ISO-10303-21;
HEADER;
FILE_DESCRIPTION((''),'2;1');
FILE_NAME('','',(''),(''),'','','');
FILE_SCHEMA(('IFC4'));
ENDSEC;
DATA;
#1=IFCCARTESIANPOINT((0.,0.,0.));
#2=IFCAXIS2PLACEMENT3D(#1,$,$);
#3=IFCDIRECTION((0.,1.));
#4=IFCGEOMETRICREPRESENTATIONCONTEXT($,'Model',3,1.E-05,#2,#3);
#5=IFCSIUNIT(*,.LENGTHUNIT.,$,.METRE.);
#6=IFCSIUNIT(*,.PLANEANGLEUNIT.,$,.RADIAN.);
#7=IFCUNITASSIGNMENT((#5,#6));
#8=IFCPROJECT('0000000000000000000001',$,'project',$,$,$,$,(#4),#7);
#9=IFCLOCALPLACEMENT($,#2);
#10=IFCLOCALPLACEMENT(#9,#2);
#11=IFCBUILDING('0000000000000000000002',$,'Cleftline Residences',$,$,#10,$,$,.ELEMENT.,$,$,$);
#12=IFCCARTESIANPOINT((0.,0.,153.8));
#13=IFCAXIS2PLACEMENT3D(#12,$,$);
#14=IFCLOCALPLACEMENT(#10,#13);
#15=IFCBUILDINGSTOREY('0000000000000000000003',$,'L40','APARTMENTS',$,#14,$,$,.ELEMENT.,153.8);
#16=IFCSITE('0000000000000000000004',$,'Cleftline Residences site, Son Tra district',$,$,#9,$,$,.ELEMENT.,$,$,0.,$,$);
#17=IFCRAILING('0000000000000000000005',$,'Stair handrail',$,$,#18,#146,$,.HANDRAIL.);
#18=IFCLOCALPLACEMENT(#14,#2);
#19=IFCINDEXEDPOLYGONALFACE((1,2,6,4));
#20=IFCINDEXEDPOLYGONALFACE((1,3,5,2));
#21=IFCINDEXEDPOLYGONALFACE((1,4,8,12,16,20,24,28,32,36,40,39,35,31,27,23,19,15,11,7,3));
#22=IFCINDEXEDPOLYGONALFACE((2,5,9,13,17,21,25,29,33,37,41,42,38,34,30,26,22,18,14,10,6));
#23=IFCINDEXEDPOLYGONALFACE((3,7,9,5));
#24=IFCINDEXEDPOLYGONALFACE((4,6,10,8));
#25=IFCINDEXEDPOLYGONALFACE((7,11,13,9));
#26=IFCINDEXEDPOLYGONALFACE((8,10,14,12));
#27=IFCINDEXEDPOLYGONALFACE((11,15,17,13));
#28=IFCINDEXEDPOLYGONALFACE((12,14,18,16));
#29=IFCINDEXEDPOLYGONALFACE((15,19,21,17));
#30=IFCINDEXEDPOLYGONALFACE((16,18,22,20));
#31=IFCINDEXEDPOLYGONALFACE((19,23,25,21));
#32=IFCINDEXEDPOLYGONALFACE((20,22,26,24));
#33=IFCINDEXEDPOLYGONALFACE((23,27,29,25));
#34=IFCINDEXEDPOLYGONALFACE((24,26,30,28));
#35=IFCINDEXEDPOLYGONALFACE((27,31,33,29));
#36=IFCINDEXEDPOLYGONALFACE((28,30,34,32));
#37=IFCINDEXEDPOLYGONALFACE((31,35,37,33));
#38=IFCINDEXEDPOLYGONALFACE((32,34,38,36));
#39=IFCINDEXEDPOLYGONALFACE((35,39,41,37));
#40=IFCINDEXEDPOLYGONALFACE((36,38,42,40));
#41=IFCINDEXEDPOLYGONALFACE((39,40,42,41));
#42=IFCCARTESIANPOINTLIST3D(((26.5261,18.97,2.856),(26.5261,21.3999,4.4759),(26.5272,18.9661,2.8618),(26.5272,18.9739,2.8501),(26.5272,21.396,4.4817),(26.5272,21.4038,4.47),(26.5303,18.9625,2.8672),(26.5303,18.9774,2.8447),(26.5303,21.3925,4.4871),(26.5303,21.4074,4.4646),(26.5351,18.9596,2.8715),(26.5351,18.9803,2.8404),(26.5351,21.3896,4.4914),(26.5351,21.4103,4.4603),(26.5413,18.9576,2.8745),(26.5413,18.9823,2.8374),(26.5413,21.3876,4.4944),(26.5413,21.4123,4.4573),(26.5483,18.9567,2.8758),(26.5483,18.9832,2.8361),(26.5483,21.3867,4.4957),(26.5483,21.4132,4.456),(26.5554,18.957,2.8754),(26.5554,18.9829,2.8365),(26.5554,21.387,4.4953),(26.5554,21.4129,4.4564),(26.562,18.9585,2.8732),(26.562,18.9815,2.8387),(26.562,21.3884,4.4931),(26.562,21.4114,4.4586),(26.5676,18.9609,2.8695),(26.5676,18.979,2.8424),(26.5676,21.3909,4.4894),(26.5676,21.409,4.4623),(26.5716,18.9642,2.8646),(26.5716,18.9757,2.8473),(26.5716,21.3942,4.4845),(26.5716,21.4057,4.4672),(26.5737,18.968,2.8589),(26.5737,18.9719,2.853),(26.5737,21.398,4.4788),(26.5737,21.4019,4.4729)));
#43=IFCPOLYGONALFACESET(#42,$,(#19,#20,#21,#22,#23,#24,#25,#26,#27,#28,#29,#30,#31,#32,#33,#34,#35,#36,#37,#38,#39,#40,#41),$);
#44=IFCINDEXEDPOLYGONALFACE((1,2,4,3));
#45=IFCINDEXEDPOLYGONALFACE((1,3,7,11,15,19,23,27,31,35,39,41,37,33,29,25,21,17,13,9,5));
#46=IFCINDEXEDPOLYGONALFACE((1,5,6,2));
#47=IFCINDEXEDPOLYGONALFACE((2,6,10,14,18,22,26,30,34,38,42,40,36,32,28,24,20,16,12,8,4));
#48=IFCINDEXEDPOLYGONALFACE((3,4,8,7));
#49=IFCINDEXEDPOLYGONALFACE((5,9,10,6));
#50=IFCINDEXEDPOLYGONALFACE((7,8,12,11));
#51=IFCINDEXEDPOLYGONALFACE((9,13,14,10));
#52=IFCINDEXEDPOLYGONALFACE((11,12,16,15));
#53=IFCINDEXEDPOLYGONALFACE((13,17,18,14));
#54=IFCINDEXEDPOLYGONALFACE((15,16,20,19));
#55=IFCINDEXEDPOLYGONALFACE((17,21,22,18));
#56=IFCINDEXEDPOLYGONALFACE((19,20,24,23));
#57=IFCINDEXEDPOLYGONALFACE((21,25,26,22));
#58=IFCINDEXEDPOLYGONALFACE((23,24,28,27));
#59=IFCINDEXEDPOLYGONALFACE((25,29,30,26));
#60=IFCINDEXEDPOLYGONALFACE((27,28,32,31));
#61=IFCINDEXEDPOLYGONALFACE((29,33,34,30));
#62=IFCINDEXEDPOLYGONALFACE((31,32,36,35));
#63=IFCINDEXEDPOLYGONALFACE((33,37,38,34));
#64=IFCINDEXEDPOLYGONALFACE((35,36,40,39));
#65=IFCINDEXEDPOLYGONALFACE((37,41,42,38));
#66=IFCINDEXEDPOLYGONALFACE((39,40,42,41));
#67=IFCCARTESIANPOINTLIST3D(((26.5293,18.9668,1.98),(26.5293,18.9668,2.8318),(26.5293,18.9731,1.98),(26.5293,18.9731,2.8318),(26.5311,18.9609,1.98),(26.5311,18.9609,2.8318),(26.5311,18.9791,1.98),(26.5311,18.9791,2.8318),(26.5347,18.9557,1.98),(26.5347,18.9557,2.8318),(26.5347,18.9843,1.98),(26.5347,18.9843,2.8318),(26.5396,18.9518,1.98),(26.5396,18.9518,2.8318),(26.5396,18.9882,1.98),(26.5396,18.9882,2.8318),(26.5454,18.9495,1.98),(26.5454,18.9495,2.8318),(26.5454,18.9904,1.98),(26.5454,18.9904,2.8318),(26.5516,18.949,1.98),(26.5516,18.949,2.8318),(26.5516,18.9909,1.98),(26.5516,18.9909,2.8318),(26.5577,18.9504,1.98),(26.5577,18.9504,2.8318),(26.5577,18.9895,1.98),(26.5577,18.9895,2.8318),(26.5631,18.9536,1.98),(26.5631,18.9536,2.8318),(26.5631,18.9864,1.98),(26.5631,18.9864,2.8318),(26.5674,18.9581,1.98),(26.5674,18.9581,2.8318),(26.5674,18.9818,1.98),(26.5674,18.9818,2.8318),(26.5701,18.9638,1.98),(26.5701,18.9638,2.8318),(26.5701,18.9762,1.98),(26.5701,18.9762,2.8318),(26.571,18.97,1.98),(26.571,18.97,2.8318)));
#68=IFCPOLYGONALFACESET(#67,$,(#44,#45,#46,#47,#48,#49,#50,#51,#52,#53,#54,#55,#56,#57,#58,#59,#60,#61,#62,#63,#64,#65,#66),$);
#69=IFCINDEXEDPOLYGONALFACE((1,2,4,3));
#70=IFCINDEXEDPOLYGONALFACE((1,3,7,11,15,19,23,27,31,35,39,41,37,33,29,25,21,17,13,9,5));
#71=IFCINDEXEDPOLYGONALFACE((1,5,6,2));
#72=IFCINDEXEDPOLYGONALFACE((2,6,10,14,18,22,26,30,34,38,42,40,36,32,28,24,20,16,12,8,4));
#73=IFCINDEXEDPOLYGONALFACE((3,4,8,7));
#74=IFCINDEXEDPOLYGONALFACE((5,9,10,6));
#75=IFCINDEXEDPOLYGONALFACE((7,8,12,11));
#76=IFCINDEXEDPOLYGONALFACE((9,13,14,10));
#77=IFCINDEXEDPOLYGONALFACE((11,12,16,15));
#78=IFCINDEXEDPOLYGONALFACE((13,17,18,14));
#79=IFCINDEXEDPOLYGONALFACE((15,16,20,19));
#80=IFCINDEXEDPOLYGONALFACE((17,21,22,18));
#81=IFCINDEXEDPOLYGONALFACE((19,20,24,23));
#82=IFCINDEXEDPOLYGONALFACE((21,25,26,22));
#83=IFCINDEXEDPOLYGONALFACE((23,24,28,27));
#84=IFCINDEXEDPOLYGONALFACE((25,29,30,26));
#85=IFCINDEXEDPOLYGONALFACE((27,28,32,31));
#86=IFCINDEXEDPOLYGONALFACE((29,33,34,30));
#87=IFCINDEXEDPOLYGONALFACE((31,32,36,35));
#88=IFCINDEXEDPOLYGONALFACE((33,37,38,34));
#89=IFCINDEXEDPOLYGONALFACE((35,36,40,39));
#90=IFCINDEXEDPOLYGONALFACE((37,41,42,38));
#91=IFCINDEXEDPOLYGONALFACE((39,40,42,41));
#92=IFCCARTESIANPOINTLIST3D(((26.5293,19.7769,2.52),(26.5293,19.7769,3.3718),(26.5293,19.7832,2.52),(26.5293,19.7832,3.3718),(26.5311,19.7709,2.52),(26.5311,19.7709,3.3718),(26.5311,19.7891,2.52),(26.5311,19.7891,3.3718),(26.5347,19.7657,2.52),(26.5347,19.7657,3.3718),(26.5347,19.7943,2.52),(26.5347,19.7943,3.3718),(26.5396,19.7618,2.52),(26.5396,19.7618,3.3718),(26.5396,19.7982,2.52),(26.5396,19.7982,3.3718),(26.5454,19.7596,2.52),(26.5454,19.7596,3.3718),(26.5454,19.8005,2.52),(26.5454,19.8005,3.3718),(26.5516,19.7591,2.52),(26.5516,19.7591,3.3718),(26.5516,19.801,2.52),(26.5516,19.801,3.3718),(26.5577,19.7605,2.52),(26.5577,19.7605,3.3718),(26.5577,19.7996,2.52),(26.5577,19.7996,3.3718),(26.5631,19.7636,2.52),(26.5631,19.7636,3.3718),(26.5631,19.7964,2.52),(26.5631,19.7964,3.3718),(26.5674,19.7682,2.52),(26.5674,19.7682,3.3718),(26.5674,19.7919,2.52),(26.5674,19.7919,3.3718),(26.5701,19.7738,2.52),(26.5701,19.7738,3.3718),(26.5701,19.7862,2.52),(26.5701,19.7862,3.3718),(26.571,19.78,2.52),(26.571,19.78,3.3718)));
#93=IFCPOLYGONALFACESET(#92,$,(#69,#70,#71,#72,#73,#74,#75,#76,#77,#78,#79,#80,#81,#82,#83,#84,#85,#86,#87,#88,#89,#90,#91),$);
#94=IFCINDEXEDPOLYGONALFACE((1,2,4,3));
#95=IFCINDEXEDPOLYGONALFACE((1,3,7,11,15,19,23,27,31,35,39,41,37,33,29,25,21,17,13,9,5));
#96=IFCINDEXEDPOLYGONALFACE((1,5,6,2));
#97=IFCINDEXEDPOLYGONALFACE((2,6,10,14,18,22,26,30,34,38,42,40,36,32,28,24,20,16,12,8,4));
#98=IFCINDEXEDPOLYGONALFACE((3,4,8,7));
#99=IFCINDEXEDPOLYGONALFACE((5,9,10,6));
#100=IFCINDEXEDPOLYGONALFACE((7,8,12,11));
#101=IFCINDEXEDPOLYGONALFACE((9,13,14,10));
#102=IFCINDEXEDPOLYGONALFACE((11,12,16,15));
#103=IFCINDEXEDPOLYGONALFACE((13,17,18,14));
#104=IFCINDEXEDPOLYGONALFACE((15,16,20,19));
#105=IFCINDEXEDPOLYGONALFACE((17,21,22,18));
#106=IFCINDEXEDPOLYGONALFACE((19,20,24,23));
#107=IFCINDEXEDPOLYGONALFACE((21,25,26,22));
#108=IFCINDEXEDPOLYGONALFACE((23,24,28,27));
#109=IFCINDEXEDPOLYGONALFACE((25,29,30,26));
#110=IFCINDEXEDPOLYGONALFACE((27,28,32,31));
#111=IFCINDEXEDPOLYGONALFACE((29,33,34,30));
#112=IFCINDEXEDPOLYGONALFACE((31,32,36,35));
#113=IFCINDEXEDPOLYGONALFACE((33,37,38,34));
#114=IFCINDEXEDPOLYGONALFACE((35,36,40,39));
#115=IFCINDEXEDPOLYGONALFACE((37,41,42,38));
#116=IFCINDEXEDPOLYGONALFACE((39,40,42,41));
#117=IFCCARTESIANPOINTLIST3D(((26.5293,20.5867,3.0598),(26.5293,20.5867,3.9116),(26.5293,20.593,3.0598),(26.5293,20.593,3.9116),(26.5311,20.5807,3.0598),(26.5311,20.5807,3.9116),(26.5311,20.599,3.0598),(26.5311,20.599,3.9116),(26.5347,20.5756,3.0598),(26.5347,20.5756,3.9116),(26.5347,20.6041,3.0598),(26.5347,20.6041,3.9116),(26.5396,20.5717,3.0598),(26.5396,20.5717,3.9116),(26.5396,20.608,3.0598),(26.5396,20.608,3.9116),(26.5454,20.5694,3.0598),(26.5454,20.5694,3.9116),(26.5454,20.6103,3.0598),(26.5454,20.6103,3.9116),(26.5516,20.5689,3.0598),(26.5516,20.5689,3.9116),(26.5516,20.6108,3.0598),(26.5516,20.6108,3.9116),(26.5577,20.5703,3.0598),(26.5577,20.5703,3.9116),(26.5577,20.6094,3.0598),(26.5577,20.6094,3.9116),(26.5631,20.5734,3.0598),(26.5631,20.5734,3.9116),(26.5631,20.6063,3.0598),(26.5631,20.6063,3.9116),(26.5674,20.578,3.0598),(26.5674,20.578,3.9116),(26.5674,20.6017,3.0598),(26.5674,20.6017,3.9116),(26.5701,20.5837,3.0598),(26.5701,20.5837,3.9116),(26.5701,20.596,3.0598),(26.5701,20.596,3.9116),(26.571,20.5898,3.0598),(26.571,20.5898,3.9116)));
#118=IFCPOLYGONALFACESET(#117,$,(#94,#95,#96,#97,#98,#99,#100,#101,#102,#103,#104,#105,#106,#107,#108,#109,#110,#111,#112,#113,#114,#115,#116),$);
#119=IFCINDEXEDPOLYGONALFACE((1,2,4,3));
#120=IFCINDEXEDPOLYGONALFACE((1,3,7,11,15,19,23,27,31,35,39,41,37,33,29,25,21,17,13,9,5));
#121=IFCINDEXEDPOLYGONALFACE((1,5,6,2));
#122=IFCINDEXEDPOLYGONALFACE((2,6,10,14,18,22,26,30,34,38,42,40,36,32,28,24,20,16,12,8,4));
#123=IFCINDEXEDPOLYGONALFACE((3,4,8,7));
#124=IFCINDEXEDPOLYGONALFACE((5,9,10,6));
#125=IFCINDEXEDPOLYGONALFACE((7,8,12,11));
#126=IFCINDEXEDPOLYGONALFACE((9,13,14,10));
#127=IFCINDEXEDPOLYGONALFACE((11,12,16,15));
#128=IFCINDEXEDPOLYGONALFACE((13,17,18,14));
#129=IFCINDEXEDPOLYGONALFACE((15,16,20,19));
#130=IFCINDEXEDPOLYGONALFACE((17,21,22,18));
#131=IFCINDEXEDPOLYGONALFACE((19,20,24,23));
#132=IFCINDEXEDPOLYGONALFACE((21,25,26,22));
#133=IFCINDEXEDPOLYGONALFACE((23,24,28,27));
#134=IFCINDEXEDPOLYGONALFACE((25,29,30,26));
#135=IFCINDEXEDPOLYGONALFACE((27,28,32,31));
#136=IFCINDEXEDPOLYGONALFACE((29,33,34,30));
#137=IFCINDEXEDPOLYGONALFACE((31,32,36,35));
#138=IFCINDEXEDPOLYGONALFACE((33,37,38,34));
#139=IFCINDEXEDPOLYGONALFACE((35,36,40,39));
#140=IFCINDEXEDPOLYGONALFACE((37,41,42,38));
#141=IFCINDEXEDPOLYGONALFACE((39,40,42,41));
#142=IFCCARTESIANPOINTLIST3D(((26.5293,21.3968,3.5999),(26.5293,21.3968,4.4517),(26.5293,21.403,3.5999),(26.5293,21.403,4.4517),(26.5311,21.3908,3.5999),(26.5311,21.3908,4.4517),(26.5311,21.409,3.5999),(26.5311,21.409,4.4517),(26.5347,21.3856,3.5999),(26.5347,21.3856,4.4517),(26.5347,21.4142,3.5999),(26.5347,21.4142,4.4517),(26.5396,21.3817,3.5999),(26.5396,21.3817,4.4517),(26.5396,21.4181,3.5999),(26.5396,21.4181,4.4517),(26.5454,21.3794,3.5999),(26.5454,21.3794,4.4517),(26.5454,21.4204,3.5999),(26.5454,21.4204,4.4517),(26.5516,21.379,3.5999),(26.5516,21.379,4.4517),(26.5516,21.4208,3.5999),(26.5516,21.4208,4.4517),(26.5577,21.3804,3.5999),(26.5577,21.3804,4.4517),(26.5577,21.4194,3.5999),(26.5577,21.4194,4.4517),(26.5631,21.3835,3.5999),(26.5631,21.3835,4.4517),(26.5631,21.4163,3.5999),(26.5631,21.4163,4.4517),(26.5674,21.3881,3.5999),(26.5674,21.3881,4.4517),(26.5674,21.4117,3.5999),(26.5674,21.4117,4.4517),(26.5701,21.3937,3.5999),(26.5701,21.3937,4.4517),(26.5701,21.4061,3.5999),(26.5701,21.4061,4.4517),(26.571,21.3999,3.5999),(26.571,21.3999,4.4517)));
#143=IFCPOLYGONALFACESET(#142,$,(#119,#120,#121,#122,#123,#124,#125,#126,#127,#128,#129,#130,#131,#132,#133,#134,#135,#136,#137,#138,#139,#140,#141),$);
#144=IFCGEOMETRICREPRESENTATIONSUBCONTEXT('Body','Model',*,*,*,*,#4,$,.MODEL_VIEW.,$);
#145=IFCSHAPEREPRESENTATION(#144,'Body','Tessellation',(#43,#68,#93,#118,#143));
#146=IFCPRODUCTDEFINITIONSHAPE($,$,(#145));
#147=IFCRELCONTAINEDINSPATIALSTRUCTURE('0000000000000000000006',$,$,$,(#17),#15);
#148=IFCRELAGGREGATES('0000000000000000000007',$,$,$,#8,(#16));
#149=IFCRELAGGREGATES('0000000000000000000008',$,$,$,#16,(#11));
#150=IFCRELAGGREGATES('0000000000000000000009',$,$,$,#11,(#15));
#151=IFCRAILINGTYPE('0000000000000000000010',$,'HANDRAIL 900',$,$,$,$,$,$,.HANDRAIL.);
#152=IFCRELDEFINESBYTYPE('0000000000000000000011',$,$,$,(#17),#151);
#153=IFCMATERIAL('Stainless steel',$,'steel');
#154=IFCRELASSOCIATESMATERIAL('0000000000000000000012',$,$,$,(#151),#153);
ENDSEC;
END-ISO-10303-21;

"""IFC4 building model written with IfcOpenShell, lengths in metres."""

from ifc_helpers import new_model, si_unit, direction, frame, origin, origin_2d, place, context, subcontext, project, spatial, circle, extrude, material, type_object, element, save


model = new_model("IFC4")

# Units and contexts
model_context = context("Model", 3, precision=1e-05, world=origin(), true_north=direction((0.0, 1.0)))
body_context = subcontext(model_context, "Body", "Model", "MODEL_VIEW")
ifc_project = project(units=[si_unit("LENGTHUNIT", "METRE"), si_unit("PLANEANGLEUNIT", "RADIAN")], contexts=[model_context])

# Site, building, storey
site_placement = place(None, origin())
site = spatial("IfcSite", under=ifc_project, at=site_placement, Name="Cleftline Residences site, Son Tra district", CompositionType="ELEMENT", RefElevation=0.0)
building_placement = place(site_placement, origin())
building = spatial("IfcBuilding", under=site, at=building_placement, Name="Cleftline Residences", CompositionType="ELEMENT")
storey_placement = place(building_placement, frame((0.0, 0.0, 153.8)))
storey = spatial("IfcBuildingStorey", under=building, at=storey_placement, Name="L40", Description="APARTMENTS", CompositionType="ELEMENT", Elevation=153.8)

# Railing
ifc_material_1 = material(Name="Stainless steel", Category="steel")
railing_type = type_object("IfcRailingType", Name="HANDRAIL 900", PredefinedType="HANDRAIL", material=ifc_material_1)
railing_1_placement = place(storey_placement, frame((26.55, 18.97, 1.98)))
element("IfcRailing", 1, at=railing_1_placement, inside=storey, type_object=railing_type, Name="Stair handrail", PredefinedType="HANDRAIL", context=body_context, shape_type="SweptSolid", body=[
    extrude(circle(Radius=0.0239, at=origin_2d()), frame((0.0, 0.0, 0.876), z_axis=(0.0, 0.832063, 0.554681), x_axis=(-1.0, 0.0, 0.0)), (0.0, 0.0, 1.0), 2.9204),
    extrude(circle(Radius=0.021, at=origin_2d()), origin(), (0.0, 0.0, 1.0), 0.8518),
    extrude(circle(Radius=0.021, at=origin_2d()), frame((0.0, 0.8101, 0.54)), (0.0, 0.0, 1.0), 0.8518),
    extrude(circle(Radius=0.021, at=origin_2d()), frame((0.0, 1.6199, 1.0798)), (0.0, 0.0, 1.0), 0.8518),
    extrude(circle(Radius=0.021, at=origin_2d()), frame((0.0, 2.4299, 1.6199)), (0.0, 0.0, 1.0), 0.8518),
])

save(model, "model.ifc")
